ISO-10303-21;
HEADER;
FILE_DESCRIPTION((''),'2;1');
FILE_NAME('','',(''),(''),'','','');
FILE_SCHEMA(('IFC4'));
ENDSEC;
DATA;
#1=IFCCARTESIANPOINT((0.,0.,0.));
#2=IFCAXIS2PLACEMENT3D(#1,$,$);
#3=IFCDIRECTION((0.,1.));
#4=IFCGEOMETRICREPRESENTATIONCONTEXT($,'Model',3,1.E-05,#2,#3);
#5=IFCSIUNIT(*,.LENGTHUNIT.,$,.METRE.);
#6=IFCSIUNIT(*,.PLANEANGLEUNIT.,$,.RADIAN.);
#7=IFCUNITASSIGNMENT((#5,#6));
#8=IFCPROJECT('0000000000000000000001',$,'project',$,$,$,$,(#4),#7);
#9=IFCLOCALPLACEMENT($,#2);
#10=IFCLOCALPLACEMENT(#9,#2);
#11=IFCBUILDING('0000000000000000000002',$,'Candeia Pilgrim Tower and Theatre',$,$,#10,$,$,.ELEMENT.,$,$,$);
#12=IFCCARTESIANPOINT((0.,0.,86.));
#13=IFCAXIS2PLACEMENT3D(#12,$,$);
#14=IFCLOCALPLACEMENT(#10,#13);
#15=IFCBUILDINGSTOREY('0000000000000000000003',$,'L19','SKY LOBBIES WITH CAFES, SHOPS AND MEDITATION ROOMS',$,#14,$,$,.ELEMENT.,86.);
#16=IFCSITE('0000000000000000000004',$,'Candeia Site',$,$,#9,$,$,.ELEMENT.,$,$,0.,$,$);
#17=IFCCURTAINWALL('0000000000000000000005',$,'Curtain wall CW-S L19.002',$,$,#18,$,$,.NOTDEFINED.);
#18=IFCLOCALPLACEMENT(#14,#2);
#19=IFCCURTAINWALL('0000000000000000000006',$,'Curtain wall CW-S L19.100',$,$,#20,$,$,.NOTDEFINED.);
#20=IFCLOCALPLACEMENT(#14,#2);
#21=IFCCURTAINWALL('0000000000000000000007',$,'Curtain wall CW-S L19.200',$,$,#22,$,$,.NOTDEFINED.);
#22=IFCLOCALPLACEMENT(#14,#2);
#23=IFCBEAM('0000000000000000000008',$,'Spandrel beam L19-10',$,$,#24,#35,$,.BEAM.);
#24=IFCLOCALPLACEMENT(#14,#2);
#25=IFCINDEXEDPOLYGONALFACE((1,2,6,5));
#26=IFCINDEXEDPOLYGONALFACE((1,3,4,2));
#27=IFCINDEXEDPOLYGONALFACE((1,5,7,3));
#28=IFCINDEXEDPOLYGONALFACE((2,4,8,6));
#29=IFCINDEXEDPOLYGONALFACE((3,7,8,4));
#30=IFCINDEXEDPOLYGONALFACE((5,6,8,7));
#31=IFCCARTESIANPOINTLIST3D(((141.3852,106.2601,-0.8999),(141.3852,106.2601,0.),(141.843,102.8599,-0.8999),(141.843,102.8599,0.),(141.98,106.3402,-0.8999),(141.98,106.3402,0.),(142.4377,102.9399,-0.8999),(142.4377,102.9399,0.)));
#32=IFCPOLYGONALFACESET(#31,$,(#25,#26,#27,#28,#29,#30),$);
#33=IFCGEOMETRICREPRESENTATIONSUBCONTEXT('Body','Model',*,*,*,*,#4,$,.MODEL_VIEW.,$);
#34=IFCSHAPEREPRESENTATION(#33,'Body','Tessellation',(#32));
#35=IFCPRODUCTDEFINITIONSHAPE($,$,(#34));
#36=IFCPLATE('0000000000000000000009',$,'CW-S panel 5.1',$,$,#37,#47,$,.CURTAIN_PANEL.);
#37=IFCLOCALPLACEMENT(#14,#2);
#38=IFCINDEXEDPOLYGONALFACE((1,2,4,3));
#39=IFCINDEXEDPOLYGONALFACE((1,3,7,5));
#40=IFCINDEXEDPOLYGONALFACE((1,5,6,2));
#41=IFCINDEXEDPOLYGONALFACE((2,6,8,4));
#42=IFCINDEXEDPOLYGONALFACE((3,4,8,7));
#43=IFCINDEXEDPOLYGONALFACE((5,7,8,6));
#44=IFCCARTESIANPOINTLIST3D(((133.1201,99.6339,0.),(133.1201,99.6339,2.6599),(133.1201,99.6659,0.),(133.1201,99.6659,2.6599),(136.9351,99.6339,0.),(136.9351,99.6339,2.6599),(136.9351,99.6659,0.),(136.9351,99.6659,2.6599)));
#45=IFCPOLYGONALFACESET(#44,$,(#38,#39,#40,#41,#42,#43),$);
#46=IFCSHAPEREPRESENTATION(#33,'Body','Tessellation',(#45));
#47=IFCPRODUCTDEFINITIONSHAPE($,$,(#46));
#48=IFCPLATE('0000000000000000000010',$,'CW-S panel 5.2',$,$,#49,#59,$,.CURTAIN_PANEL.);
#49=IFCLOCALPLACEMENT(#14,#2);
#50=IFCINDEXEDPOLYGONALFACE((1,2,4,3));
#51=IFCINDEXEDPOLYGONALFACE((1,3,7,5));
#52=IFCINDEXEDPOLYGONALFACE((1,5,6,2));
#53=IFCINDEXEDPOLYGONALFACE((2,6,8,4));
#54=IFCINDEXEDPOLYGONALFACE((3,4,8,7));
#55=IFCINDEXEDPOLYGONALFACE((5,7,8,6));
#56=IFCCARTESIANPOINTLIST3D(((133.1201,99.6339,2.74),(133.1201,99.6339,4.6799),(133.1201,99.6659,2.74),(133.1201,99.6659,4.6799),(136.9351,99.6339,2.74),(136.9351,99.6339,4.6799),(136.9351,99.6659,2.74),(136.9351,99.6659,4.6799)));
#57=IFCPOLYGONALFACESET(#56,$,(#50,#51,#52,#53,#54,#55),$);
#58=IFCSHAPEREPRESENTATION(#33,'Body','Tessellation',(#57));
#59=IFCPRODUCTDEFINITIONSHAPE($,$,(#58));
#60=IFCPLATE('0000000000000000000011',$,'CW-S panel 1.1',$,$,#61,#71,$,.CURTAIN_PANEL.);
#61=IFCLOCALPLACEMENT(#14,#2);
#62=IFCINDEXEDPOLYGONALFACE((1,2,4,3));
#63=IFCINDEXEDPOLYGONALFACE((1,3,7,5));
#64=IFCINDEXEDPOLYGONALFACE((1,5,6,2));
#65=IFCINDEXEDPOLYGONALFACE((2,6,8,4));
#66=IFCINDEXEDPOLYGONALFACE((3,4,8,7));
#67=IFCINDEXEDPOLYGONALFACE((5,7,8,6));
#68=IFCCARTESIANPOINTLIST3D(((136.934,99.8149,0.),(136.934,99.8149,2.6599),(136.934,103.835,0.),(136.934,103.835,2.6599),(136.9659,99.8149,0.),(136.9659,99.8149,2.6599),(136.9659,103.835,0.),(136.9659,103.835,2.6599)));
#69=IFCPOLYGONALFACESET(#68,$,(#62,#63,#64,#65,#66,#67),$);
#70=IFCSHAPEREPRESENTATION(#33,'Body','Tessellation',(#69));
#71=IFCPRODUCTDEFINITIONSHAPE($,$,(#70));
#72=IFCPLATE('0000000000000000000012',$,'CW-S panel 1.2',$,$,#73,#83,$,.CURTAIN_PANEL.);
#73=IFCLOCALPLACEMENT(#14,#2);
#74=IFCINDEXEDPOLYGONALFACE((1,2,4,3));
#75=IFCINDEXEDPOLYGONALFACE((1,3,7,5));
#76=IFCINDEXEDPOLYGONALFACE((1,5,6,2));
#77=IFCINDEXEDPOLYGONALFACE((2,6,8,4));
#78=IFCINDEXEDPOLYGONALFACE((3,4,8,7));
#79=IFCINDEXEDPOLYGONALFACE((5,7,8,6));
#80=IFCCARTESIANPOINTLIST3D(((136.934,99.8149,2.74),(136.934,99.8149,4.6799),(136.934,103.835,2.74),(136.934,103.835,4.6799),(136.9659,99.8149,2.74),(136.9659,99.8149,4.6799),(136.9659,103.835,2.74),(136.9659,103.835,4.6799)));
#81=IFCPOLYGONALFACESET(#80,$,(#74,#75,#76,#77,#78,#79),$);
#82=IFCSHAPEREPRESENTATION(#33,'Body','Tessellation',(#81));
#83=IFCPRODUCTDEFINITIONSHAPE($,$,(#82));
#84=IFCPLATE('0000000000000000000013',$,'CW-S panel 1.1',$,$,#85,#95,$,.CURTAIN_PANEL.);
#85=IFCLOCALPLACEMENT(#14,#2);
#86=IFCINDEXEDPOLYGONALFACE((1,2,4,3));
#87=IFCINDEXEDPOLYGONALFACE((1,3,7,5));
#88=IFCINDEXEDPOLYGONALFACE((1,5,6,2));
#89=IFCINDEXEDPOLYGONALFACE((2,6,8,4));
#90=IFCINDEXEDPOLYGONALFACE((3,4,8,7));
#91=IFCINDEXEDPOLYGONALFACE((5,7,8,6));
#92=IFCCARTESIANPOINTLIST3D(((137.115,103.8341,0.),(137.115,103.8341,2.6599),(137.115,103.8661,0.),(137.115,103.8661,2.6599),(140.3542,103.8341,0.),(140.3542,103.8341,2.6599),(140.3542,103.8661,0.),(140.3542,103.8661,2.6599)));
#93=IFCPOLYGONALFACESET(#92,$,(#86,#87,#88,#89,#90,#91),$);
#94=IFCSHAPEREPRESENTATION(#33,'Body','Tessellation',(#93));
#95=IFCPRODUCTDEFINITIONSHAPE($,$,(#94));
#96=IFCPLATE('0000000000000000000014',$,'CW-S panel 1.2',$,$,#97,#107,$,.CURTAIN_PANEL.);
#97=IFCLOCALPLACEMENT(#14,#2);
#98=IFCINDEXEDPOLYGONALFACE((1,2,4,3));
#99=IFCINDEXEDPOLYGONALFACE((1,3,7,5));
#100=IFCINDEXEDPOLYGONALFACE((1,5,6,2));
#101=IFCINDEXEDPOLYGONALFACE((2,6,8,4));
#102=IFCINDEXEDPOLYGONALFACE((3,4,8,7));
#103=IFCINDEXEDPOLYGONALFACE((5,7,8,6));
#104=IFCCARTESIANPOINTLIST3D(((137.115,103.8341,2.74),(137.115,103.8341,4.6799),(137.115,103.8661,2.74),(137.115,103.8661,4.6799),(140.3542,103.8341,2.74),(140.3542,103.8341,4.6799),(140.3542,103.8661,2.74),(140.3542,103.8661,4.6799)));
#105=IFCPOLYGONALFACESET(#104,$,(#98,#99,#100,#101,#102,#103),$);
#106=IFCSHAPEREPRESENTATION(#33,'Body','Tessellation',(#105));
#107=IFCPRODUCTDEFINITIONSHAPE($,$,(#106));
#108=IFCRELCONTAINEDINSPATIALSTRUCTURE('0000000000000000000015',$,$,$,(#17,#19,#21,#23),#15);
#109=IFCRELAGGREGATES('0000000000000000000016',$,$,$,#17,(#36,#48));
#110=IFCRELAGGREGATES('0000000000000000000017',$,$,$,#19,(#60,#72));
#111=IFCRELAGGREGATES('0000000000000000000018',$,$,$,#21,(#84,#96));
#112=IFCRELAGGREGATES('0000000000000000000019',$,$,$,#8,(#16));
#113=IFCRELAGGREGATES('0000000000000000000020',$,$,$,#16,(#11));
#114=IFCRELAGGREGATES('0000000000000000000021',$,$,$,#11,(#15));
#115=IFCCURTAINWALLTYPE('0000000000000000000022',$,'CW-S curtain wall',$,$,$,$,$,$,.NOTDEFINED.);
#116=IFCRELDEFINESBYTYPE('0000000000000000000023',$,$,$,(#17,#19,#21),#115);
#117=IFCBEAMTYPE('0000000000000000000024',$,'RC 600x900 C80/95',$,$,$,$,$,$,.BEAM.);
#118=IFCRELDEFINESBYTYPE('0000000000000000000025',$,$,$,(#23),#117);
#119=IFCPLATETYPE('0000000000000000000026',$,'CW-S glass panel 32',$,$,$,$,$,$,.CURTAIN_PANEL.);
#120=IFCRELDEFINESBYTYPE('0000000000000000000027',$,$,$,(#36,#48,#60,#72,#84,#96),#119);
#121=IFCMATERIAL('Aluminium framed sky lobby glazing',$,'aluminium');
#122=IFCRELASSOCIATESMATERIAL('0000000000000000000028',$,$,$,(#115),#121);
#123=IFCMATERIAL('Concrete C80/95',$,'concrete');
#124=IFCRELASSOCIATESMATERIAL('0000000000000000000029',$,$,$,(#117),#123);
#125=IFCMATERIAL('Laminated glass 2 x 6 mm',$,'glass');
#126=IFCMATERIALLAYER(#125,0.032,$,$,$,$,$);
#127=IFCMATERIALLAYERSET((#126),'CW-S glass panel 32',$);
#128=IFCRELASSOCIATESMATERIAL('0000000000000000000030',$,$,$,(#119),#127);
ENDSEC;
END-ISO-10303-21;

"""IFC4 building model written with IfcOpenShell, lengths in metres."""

from ifc_helpers import new_model, si_unit, direction, frame, origin, origin_2d, place, context, subcontext, project, spatial, rectangle, extrude, material, layer, layer_set, material_profile, profile_set, type_object, element, aggregate, save


model = new_model("IFC4")

# Units and contexts
model_context = context("Model", 3, precision=1e-05, world=origin(), true_north=direction((0.0, 1.0)))
body_context = subcontext(model_context, "Body", "Model", "MODEL_VIEW")
ifc_project = project(units=[si_unit("LENGTHUNIT", "METRE"), si_unit("PLANEANGLEUNIT", "RADIAN")], contexts=[model_context])

# Site, building, storey
site_placement = place(None, origin())
site = spatial("IfcSite", under=ifc_project, at=site_placement, Name="Candeia Site", CompositionType="ELEMENT", RefElevation=0.0)
building_placement = place(site_placement, origin())
building = spatial("IfcBuilding", under=site, at=building_placement, Name="Candeia Pilgrim Tower and Theatre", CompositionType="ELEMENT")
storey_placement = place(building_placement, frame((0.0, 0.0, 86.0)))
storey = spatial("IfcBuildingStorey", under=building, at=storey_placement, Name="L19", Description="SKY LOBBIES WITH CAFES, SHOPS AND MEDITATION ROOMS", CompositionType="ELEMENT", Elevation=86.0)

# Shared definitions
ifc_material_1 = material(Name="Concrete C80/95", Category="concrete")

# Curtain wall
ifc_material_2 = material(Name="Aluminium framed sky lobby glazing", Category="aluminium")
curtain_wall_type = type_object("IfcCurtainWallType", Name="CW-S curtain wall", PredefinedType="NOTDEFINED", material=ifc_material_2)
curtain_wall_1_placement = place(storey_placement, origin())
curtain_wall_1 = element("IfcCurtainWall", 1, at=curtain_wall_1_placement, inside=storey, type_object=curtain_wall_type, Name="Curtain wall CW-S L19.002", PredefinedType="NOTDEFINED")

# Curtain wall
curtain_wall_2_placement = place(storey_placement, origin())
curtain_wall_2 = element("IfcCurtainWall", 2, at=curtain_wall_2_placement, inside=storey, type_object=curtain_wall_type, Name="Curtain wall CW-S L19.100", PredefinedType="NOTDEFINED")

# Curtain wall
curtain_wall_3_placement = place(storey_placement, origin())
curtain_wall_3 = element("IfcCurtainWall", 3, at=curtain_wall_3_placement, inside=storey, type_object=curtain_wall_type, Name="Curtain wall CW-S L19.200", PredefinedType="NOTDEFINED")

# Beam
ifc_material_profile_1 = material_profile(ifc_material_1, rectangle(XDim=0.6001, YDim=0.8999, at=origin_2d()))
ifc_profile_set_1 = profile_set([ifc_material_profile_1], Name="Concrete C80/95")
beam_type = type_object("IfcBeamType", Name="RC 600x900 C80/95", PredefinedType="BEAM", material=ifc_profile_set_1)
beam_1_placement = place(storey_placement, frame((142.1404, 102.8999, -0.45), z_axis=(-0.133427, 0.991059, 0.0), x_axis=(-0.991059, -0.133427, 0.0)))
element("IfcBeam", 4, at=beam_1_placement, inside=storey, type_object=beam_type, Name="Spandrel beam L19-10", PredefinedType="BEAM", context=body_context, shape_type="SweptSolid", body=[
    extrude(rectangle(XDim=0.6001, YDim=0.8999, at=origin_2d()), origin(), (0.0, 0.0, 1.0), 3.4309),
])

# Plates
ifc_material_3 = material(Name="Laminated glass 2 x 6 mm", Category="glass")
ifc_layer = layer(ifc_material_3, 0.032)
ifc_layer_set = layer_set([ifc_layer], Name="CW-S glass panel 32")
plate_type = type_object("IfcPlateType", Name="CW-S glass panel 32", PredefinedType="CURTAIN_PANEL", material=ifc_layer_set)
plate_1_placement = place(storey_placement, frame((135.0276, 99.6499, 0.0), z_axis=(0.0, 0.0, 1.0), x_axis=(1.0, 0.0, 0.0)))
plate_1 = element("IfcPlate", 5, at=plate_1_placement, type_object=plate_type, Name="CW-S panel 5.1", PredefinedType="CURTAIN_PANEL", context=body_context, shape_type="SweptSolid", body=[
    extrude(rectangle(XDim=3.8149, YDim=0.032, at=origin_2d()), origin(), (0.0, 0.0, 1.0), 2.6599),
])
plate_2_placement = place(storey_placement, frame((135.0276, 99.6499, 2.74), z_axis=(0.0, 0.0, 1.0), x_axis=(1.0, 0.0, 0.0)))
plate_2 = element("IfcPlate", 6, at=plate_2_placement, type_object=plate_type, Name="CW-S panel 5.2", PredefinedType="CURTAIN_PANEL", context=body_context, shape_type="SweptSolid", body=[
    extrude(rectangle(XDim=3.8149, YDim=0.032, at=origin_2d()), origin(), (0.0, 0.0, 1.0), 1.9399),
])
aggregate(curtain_wall_1, [plate_1, plate_2])
plate_3_placement = place(storey_placement, frame((136.95, 101.825, 0.0), z_axis=(0.0, 0.0, 1.0), x_axis=(0.0, 1.0, 0.0)))
plate_3 = element("IfcPlate", 7, at=plate_3_placement, type_object=plate_type, Name="CW-S panel 1.1", PredefinedType="CURTAIN_PANEL", context=body_context, shape_type="SweptSolid", body=[
    extrude(rectangle(XDim=4.02, YDim=0.032, at=origin_2d()), origin(), (0.0, 0.0, 1.0), 2.6599),
])
plate_4_placement = place(storey_placement, frame((136.95, 101.825, 2.74), z_axis=(0.0, 0.0, 1.0), x_axis=(0.0, 1.0, 0.0)))
plate_4 = element("IfcPlate", 8, at=plate_4_placement, type_object=plate_type, Name="CW-S panel 1.2", PredefinedType="CURTAIN_PANEL", context=body_context, shape_type="SweptSolid", body=[
    extrude(rectangle(XDim=4.02, YDim=0.032, at=origin_2d()), origin(), (0.0, 0.0, 1.0), 1.9399),
])
aggregate(curtain_wall_2, [plate_3, plate_4])
plate_5_placement = place(storey_placement, frame((138.7346, 103.8501, 0.0), z_axis=(0.0, 0.0, 1.0), x_axis=(1.0, 0.0, 0.0)))
plate_5 = element("IfcPlate", 9, at=plate_5_placement, type_object=plate_type, Name="CW-S panel 1.1", PredefinedType="CURTAIN_PANEL", context=body_context, shape_type="SweptSolid", body=[
    extrude(rectangle(XDim=3.2393, YDim=0.032, at=origin_2d()), origin(), (0.0, 0.0, 1.0), 2.6599),
])
plate_6_placement = place(storey_placement, frame((138.7346, 103.8501, 2.74), z_axis=(0.0, 0.0, 1.0), x_axis=(1.0, 0.0, 0.0)))
plate_6 = element("IfcPlate", 10, at=plate_6_placement, type_object=plate_type, Name="CW-S panel 1.2", PredefinedType="CURTAIN_PANEL", context=body_context, shape_type="SweptSolid", body=[
    extrude(rectangle(XDim=3.2393, YDim=0.032, at=origin_2d()), origin(), (0.0, 0.0, 1.0), 1.9399),
])
aggregate(curtain_wall_3, [plate_5, plate_6])

save(model, "model.ifc")
